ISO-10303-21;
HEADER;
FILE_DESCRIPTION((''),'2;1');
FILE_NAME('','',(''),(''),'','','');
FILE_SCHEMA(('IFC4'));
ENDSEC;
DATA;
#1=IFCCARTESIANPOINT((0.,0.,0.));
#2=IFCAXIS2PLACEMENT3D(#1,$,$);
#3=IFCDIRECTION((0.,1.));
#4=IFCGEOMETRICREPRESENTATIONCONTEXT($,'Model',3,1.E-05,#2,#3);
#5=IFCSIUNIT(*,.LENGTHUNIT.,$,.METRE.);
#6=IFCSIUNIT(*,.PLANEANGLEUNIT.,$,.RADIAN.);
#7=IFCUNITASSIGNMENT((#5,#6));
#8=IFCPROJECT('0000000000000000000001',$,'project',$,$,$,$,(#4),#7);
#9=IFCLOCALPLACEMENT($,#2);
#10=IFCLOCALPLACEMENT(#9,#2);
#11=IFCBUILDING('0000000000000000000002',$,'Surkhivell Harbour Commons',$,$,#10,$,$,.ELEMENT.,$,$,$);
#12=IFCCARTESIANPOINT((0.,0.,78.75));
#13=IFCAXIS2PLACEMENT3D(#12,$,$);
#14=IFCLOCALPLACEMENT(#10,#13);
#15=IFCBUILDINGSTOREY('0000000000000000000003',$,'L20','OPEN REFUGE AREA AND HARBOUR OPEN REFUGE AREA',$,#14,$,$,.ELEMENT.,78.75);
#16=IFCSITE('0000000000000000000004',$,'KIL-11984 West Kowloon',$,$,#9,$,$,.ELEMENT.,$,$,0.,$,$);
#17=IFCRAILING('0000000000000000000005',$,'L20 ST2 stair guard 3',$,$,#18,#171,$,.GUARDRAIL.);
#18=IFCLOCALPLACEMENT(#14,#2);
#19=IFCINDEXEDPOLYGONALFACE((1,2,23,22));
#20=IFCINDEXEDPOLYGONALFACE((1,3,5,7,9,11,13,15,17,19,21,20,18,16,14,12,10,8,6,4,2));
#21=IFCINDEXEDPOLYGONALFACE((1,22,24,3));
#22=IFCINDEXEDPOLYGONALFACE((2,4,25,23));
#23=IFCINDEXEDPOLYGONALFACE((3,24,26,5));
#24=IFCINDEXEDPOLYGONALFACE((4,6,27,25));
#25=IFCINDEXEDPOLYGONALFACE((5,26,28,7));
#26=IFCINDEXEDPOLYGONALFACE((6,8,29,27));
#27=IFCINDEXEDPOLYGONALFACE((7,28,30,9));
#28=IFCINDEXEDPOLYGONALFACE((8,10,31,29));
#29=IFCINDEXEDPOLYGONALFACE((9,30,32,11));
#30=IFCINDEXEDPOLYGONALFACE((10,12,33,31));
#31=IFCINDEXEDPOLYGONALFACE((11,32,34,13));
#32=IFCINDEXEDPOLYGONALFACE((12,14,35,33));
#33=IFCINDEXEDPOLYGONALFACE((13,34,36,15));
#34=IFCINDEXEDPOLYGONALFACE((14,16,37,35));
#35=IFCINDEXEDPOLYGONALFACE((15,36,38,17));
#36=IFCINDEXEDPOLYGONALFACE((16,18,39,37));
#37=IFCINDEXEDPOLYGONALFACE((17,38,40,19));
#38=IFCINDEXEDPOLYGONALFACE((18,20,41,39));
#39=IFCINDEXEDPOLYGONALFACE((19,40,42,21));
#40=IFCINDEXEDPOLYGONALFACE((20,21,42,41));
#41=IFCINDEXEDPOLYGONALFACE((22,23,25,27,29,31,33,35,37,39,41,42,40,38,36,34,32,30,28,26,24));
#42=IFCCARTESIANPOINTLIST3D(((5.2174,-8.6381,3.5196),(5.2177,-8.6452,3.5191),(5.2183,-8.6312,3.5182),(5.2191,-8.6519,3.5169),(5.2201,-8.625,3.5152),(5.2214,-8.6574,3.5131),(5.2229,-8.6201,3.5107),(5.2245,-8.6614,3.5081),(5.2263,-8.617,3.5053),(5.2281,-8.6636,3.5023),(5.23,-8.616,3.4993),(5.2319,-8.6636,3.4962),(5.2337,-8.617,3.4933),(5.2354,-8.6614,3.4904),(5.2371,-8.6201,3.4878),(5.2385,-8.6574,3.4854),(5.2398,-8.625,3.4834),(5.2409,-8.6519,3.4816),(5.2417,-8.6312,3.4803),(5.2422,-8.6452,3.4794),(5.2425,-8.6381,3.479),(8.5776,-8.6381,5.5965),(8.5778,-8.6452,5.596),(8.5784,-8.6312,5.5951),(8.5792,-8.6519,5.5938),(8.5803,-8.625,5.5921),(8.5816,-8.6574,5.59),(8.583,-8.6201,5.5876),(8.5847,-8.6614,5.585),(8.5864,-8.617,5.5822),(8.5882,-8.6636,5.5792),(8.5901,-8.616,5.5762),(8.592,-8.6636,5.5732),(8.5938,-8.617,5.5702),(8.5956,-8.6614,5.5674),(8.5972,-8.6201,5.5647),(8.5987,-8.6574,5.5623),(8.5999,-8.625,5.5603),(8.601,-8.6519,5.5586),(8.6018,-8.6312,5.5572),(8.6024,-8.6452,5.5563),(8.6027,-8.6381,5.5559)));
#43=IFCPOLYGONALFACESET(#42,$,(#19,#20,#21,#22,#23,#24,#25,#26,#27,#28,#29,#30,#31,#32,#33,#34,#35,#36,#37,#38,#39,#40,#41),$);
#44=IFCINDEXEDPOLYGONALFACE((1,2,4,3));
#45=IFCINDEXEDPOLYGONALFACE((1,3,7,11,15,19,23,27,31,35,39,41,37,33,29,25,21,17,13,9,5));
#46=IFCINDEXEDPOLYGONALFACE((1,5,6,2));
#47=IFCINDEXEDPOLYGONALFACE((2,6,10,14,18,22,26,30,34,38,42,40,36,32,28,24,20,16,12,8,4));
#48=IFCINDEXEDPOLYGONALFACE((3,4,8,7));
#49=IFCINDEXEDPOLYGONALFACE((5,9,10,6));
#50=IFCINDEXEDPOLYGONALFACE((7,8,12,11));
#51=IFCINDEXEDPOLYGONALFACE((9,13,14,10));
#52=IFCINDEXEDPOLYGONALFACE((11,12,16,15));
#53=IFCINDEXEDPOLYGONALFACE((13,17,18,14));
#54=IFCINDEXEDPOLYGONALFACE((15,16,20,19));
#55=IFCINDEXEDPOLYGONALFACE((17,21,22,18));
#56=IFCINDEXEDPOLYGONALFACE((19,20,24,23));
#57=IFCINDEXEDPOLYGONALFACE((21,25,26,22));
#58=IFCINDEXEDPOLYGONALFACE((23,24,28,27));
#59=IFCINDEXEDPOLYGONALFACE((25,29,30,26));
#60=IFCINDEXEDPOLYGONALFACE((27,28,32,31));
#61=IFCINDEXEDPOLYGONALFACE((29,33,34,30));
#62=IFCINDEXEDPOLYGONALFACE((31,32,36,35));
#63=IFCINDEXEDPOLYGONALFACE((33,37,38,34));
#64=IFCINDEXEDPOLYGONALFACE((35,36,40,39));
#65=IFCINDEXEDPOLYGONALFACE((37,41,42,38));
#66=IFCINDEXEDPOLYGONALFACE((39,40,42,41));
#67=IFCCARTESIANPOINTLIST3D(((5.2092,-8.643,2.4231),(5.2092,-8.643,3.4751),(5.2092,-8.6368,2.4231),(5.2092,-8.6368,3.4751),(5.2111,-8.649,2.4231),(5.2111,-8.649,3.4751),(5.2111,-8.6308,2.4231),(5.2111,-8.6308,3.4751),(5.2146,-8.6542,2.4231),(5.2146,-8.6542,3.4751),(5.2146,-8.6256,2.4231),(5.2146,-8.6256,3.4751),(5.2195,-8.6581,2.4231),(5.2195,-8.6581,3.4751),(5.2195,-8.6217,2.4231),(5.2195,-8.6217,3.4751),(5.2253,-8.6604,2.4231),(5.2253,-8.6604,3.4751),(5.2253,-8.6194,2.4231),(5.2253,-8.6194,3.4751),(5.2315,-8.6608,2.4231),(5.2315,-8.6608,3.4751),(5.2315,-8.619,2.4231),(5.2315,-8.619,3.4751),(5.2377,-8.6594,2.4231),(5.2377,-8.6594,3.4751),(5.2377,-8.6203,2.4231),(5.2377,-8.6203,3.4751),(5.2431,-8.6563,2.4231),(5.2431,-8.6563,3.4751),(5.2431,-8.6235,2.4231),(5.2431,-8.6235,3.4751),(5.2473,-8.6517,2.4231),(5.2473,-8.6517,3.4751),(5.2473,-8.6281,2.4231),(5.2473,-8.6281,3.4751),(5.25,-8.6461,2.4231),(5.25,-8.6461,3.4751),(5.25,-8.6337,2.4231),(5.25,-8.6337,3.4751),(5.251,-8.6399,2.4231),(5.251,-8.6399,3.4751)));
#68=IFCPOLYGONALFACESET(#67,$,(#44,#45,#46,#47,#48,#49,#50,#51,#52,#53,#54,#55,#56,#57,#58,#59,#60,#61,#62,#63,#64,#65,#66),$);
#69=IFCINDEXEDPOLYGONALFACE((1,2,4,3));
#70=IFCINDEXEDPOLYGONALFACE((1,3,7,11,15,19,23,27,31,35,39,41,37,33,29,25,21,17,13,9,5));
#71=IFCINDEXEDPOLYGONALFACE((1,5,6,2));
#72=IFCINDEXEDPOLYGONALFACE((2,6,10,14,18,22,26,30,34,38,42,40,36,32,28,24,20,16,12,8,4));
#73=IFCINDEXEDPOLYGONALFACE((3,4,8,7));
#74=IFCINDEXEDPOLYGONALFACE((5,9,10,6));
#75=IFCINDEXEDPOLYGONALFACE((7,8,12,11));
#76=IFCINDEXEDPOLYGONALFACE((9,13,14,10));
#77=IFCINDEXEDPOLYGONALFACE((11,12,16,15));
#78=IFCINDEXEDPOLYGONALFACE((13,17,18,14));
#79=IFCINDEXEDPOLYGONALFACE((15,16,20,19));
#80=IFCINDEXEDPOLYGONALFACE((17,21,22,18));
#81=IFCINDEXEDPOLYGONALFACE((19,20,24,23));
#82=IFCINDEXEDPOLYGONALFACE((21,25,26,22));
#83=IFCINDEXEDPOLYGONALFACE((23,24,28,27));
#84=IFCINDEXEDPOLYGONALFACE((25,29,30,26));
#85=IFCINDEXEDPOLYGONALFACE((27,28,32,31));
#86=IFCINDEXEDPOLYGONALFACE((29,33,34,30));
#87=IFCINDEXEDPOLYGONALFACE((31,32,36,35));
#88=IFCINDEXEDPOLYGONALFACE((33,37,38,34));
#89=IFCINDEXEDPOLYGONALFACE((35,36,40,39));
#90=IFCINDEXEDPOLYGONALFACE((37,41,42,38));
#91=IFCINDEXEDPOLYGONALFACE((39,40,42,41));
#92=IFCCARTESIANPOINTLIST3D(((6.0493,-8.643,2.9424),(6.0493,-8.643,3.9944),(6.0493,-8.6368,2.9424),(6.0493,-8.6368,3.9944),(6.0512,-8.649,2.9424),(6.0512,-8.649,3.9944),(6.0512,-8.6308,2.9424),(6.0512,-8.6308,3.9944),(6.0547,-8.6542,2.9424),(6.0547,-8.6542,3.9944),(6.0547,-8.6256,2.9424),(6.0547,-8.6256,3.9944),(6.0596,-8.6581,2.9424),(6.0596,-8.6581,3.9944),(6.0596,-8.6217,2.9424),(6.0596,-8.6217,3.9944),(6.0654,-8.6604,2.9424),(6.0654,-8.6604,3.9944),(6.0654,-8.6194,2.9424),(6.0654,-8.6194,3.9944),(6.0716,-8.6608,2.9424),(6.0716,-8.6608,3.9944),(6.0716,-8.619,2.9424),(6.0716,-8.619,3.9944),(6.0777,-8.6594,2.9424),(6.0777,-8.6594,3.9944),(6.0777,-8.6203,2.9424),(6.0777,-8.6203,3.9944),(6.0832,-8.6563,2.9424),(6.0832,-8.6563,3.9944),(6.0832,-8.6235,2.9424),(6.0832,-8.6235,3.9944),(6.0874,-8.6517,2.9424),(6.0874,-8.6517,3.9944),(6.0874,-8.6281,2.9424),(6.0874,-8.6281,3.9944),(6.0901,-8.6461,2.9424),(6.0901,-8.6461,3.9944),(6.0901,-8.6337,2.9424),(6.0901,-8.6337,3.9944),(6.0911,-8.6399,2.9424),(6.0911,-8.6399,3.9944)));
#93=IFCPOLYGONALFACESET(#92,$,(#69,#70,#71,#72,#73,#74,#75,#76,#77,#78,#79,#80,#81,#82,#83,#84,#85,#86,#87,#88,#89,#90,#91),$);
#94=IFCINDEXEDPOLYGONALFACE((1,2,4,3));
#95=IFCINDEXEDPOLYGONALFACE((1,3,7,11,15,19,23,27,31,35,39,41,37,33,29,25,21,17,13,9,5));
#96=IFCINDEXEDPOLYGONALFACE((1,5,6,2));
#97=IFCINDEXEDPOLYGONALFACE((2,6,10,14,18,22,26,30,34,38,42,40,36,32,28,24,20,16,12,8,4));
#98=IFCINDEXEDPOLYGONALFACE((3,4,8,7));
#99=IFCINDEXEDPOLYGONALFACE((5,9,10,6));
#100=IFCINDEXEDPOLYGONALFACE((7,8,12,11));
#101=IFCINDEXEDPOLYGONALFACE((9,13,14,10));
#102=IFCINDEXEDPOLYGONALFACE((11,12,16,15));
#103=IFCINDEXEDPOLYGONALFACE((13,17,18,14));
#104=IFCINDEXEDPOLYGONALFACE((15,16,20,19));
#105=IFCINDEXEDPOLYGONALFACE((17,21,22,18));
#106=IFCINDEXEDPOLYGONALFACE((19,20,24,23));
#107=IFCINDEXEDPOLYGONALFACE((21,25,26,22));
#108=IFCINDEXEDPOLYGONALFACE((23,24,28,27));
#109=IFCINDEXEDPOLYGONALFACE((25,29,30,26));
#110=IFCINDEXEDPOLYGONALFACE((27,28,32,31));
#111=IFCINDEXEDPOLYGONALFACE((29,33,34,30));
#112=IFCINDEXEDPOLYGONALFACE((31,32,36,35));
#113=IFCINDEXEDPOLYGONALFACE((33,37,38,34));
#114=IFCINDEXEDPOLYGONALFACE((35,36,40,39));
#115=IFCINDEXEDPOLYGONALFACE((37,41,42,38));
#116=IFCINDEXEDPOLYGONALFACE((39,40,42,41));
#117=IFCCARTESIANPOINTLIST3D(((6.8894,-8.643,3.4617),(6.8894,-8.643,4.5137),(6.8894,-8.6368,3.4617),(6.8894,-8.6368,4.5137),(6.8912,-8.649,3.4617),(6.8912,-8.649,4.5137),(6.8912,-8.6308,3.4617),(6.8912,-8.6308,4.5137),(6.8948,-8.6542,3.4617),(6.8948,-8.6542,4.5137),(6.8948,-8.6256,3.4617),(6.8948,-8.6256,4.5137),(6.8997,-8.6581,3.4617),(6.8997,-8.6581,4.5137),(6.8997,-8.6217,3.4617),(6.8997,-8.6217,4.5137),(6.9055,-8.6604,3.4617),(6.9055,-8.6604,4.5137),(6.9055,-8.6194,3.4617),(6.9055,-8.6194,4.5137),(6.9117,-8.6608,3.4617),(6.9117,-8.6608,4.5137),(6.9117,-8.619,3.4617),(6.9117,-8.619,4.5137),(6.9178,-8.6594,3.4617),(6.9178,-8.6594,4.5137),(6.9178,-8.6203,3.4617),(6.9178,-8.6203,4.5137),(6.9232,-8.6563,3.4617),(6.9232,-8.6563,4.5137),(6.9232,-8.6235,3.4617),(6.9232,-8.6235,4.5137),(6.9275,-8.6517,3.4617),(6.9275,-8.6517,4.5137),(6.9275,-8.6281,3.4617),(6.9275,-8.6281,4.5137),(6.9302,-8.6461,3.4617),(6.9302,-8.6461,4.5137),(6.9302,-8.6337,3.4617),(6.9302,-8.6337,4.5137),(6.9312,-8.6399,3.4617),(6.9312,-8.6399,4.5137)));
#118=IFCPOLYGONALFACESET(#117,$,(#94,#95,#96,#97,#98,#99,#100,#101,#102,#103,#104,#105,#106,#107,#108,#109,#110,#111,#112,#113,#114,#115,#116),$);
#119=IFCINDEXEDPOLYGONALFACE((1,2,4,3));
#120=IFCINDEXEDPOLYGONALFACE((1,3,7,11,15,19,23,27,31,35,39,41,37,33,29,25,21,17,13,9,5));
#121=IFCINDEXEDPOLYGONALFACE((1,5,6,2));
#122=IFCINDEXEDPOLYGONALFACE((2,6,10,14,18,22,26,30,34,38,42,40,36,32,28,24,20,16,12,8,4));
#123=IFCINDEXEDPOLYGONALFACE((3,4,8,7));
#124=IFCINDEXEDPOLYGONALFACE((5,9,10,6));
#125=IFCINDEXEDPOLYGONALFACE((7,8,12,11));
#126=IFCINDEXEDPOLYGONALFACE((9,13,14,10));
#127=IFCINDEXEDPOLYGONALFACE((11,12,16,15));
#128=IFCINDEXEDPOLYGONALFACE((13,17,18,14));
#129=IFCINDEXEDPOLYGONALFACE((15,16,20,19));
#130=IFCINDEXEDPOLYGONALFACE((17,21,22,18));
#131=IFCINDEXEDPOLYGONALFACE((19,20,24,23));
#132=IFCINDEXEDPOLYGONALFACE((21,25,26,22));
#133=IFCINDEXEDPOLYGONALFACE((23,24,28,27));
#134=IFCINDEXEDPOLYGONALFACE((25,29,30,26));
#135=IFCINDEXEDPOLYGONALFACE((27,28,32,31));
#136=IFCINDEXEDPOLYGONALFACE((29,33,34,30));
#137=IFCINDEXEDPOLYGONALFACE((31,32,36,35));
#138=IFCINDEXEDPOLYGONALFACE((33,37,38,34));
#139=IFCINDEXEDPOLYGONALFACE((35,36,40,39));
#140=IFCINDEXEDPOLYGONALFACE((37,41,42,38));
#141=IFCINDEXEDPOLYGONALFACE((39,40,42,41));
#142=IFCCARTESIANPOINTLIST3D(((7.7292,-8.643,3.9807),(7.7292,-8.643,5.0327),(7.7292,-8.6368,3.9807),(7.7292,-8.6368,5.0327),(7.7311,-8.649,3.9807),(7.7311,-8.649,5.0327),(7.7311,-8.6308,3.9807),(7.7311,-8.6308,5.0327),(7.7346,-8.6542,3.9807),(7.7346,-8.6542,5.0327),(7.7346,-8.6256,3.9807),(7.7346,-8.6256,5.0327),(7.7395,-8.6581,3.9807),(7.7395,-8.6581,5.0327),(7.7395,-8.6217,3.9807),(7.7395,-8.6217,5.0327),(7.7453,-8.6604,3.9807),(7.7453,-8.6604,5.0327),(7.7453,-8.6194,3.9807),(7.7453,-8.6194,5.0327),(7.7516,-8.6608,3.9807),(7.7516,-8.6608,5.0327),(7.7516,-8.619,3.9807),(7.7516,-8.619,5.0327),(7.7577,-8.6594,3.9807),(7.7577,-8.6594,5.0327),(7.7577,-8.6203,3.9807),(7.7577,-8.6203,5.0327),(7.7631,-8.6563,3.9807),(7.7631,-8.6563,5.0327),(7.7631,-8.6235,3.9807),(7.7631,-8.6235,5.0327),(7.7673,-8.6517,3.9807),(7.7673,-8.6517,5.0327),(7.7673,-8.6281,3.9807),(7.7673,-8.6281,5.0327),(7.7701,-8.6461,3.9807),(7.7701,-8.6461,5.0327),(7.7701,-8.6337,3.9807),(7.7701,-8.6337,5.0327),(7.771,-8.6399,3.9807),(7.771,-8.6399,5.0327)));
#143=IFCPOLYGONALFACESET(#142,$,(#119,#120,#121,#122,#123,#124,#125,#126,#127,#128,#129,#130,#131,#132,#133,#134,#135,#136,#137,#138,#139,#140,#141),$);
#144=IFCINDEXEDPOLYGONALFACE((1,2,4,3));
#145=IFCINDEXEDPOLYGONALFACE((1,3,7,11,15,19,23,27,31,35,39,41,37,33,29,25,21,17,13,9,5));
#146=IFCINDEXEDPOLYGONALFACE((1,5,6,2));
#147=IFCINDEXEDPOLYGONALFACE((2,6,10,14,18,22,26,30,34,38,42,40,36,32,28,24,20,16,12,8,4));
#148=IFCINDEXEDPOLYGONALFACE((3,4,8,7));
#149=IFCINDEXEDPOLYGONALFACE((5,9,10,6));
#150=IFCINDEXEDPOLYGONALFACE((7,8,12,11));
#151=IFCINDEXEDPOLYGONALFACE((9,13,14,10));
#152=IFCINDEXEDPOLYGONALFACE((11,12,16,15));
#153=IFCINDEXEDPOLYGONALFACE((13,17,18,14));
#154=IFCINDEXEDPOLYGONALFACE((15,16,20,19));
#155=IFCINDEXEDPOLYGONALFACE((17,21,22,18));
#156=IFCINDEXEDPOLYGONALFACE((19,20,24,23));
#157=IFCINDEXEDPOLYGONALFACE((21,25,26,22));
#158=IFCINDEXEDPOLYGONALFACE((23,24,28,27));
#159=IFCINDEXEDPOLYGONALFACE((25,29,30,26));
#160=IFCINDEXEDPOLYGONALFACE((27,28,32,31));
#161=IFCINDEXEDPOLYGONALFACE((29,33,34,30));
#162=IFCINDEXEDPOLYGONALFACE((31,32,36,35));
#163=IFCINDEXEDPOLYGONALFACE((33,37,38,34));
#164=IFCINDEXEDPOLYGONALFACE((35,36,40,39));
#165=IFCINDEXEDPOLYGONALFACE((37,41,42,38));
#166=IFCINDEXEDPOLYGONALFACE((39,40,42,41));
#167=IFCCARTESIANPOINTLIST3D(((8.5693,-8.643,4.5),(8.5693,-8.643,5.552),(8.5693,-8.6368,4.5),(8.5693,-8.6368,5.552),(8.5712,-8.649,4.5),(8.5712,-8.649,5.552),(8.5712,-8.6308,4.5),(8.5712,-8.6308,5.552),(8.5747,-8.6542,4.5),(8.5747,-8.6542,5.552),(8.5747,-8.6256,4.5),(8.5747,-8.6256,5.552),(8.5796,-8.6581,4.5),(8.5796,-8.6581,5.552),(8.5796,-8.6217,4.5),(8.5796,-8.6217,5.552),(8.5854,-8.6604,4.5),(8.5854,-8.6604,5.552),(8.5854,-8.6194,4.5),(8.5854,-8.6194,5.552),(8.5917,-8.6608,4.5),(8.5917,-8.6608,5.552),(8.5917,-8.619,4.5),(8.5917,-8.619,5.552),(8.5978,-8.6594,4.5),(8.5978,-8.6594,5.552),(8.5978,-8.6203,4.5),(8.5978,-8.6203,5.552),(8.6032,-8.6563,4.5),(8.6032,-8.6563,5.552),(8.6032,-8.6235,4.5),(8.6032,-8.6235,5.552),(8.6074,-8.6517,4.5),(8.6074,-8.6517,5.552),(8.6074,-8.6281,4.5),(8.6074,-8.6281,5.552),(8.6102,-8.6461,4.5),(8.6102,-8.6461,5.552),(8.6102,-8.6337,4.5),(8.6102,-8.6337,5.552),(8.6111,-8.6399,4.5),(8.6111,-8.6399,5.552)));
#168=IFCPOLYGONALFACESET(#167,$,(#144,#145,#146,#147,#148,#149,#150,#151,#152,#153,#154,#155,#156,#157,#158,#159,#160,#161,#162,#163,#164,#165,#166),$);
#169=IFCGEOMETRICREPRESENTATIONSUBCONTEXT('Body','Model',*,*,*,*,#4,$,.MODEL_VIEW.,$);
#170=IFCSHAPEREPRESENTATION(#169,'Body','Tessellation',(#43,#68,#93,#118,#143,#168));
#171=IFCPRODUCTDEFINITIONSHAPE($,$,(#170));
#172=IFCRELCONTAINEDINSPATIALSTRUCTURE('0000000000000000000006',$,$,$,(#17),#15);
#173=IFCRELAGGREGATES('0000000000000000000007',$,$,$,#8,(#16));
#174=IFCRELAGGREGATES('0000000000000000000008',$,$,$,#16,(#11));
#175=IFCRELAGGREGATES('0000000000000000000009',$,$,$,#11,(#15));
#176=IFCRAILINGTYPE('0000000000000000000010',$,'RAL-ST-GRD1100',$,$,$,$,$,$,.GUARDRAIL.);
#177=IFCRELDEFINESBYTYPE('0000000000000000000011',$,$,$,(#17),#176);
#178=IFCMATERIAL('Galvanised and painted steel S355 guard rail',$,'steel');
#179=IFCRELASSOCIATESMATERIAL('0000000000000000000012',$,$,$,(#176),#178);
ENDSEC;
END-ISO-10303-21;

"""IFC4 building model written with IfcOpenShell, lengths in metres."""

from ifc_helpers import new_model, si_unit, direction, frame, origin, origin_2d, place, context, subcontext, project, spatial, circle, extrude, material, type_object, element, save


model = new_model("IFC4")

# Units and contexts
model_context = context("Model", 3, precision=1e-05, world=origin(), true_north=direction((0.0, 1.0)))
body_context = subcontext(model_context, "Body", "Model", "MODEL_VIEW")
ifc_project = project(units=[si_unit("LENGTHUNIT", "METRE"), si_unit("PLANEANGLEUNIT", "RADIAN")], contexts=[model_context])

# Site, building, storey
site_placement = place(None, origin())
site = spatial("IfcSite", under=ifc_project, at=site_placement, Name="KIL-11984 West Kowloon", CompositionType="ELEMENT", RefElevation=0.0)
building_placement = place(site_placement, origin())
building = spatial("IfcBuilding", under=site, at=building_placement, Name="Surkhivell Harbour Commons", CompositionType="ELEMENT")
storey_placement = place(building_placement, frame((0.0, 0.0, 78.75)))
storey = spatial("IfcBuildingStorey", under=building, at=storey_placement, Name="L20", Description="OPEN REFUGE AREA AND HARBOUR OPEN REFUGE AREA", CompositionType="ELEMENT", Elevation=78.75)

# Railing
ifc_material_1 = material(Name="Galvanised and painted steel S355 guard rail", Category="steel")
railing_type_1 = type_object("IfcRailingType", Name="RAL-ST-GRD1100", PredefinedType="GUARDRAIL", material=ifc_material_1)
railing_1_placement = place(storey_placement, frame((5.23, -8.6399, 2.4231)))
element("IfcRailing", 1, at=railing_1_placement, inside=storey, type_object=railing_type_1, Name="L20 ST2 stair guard 3", PredefinedType="GUARDRAIL", context=body_context, shape_type="SweptSolid", body=[
    extrude(circle(Radius=0.0239, at=origin_2d()), frame((0.0, 0.0, 1.0762), z_axis=(0.850623, 0.0, 0.525776), x_axis=(0.0, 1.0, 0.0)), (0.0, 0.0, 1.0), 3.9502),
    extrude(circle(Radius=0.021, at=origin_2d()), origin(), (0.0, 0.0, 1.0), 1.052),
    extrude(circle(Radius=0.021, at=origin_2d()), frame((0.8401, 0.0, 0.5193)), (0.0, 0.0, 1.0), 1.052),
    extrude(circle(Radius=0.021, at=origin_2d()), frame((1.6802, 0.0, 1.0386)), (0.0, 0.0, 1.0), 1.052),
    extrude(circle(Radius=0.021, at=origin_2d()), frame((2.52, 0.0, 1.5576)), (0.0, 0.0, 1.0), 1.052),
    extrude(circle(Radius=0.021, at=origin_2d()), frame((3.3601, 0.0, 2.0769)), (0.0, 0.0, 1.0), 1.052),
])

save(model, "model.ifc")
